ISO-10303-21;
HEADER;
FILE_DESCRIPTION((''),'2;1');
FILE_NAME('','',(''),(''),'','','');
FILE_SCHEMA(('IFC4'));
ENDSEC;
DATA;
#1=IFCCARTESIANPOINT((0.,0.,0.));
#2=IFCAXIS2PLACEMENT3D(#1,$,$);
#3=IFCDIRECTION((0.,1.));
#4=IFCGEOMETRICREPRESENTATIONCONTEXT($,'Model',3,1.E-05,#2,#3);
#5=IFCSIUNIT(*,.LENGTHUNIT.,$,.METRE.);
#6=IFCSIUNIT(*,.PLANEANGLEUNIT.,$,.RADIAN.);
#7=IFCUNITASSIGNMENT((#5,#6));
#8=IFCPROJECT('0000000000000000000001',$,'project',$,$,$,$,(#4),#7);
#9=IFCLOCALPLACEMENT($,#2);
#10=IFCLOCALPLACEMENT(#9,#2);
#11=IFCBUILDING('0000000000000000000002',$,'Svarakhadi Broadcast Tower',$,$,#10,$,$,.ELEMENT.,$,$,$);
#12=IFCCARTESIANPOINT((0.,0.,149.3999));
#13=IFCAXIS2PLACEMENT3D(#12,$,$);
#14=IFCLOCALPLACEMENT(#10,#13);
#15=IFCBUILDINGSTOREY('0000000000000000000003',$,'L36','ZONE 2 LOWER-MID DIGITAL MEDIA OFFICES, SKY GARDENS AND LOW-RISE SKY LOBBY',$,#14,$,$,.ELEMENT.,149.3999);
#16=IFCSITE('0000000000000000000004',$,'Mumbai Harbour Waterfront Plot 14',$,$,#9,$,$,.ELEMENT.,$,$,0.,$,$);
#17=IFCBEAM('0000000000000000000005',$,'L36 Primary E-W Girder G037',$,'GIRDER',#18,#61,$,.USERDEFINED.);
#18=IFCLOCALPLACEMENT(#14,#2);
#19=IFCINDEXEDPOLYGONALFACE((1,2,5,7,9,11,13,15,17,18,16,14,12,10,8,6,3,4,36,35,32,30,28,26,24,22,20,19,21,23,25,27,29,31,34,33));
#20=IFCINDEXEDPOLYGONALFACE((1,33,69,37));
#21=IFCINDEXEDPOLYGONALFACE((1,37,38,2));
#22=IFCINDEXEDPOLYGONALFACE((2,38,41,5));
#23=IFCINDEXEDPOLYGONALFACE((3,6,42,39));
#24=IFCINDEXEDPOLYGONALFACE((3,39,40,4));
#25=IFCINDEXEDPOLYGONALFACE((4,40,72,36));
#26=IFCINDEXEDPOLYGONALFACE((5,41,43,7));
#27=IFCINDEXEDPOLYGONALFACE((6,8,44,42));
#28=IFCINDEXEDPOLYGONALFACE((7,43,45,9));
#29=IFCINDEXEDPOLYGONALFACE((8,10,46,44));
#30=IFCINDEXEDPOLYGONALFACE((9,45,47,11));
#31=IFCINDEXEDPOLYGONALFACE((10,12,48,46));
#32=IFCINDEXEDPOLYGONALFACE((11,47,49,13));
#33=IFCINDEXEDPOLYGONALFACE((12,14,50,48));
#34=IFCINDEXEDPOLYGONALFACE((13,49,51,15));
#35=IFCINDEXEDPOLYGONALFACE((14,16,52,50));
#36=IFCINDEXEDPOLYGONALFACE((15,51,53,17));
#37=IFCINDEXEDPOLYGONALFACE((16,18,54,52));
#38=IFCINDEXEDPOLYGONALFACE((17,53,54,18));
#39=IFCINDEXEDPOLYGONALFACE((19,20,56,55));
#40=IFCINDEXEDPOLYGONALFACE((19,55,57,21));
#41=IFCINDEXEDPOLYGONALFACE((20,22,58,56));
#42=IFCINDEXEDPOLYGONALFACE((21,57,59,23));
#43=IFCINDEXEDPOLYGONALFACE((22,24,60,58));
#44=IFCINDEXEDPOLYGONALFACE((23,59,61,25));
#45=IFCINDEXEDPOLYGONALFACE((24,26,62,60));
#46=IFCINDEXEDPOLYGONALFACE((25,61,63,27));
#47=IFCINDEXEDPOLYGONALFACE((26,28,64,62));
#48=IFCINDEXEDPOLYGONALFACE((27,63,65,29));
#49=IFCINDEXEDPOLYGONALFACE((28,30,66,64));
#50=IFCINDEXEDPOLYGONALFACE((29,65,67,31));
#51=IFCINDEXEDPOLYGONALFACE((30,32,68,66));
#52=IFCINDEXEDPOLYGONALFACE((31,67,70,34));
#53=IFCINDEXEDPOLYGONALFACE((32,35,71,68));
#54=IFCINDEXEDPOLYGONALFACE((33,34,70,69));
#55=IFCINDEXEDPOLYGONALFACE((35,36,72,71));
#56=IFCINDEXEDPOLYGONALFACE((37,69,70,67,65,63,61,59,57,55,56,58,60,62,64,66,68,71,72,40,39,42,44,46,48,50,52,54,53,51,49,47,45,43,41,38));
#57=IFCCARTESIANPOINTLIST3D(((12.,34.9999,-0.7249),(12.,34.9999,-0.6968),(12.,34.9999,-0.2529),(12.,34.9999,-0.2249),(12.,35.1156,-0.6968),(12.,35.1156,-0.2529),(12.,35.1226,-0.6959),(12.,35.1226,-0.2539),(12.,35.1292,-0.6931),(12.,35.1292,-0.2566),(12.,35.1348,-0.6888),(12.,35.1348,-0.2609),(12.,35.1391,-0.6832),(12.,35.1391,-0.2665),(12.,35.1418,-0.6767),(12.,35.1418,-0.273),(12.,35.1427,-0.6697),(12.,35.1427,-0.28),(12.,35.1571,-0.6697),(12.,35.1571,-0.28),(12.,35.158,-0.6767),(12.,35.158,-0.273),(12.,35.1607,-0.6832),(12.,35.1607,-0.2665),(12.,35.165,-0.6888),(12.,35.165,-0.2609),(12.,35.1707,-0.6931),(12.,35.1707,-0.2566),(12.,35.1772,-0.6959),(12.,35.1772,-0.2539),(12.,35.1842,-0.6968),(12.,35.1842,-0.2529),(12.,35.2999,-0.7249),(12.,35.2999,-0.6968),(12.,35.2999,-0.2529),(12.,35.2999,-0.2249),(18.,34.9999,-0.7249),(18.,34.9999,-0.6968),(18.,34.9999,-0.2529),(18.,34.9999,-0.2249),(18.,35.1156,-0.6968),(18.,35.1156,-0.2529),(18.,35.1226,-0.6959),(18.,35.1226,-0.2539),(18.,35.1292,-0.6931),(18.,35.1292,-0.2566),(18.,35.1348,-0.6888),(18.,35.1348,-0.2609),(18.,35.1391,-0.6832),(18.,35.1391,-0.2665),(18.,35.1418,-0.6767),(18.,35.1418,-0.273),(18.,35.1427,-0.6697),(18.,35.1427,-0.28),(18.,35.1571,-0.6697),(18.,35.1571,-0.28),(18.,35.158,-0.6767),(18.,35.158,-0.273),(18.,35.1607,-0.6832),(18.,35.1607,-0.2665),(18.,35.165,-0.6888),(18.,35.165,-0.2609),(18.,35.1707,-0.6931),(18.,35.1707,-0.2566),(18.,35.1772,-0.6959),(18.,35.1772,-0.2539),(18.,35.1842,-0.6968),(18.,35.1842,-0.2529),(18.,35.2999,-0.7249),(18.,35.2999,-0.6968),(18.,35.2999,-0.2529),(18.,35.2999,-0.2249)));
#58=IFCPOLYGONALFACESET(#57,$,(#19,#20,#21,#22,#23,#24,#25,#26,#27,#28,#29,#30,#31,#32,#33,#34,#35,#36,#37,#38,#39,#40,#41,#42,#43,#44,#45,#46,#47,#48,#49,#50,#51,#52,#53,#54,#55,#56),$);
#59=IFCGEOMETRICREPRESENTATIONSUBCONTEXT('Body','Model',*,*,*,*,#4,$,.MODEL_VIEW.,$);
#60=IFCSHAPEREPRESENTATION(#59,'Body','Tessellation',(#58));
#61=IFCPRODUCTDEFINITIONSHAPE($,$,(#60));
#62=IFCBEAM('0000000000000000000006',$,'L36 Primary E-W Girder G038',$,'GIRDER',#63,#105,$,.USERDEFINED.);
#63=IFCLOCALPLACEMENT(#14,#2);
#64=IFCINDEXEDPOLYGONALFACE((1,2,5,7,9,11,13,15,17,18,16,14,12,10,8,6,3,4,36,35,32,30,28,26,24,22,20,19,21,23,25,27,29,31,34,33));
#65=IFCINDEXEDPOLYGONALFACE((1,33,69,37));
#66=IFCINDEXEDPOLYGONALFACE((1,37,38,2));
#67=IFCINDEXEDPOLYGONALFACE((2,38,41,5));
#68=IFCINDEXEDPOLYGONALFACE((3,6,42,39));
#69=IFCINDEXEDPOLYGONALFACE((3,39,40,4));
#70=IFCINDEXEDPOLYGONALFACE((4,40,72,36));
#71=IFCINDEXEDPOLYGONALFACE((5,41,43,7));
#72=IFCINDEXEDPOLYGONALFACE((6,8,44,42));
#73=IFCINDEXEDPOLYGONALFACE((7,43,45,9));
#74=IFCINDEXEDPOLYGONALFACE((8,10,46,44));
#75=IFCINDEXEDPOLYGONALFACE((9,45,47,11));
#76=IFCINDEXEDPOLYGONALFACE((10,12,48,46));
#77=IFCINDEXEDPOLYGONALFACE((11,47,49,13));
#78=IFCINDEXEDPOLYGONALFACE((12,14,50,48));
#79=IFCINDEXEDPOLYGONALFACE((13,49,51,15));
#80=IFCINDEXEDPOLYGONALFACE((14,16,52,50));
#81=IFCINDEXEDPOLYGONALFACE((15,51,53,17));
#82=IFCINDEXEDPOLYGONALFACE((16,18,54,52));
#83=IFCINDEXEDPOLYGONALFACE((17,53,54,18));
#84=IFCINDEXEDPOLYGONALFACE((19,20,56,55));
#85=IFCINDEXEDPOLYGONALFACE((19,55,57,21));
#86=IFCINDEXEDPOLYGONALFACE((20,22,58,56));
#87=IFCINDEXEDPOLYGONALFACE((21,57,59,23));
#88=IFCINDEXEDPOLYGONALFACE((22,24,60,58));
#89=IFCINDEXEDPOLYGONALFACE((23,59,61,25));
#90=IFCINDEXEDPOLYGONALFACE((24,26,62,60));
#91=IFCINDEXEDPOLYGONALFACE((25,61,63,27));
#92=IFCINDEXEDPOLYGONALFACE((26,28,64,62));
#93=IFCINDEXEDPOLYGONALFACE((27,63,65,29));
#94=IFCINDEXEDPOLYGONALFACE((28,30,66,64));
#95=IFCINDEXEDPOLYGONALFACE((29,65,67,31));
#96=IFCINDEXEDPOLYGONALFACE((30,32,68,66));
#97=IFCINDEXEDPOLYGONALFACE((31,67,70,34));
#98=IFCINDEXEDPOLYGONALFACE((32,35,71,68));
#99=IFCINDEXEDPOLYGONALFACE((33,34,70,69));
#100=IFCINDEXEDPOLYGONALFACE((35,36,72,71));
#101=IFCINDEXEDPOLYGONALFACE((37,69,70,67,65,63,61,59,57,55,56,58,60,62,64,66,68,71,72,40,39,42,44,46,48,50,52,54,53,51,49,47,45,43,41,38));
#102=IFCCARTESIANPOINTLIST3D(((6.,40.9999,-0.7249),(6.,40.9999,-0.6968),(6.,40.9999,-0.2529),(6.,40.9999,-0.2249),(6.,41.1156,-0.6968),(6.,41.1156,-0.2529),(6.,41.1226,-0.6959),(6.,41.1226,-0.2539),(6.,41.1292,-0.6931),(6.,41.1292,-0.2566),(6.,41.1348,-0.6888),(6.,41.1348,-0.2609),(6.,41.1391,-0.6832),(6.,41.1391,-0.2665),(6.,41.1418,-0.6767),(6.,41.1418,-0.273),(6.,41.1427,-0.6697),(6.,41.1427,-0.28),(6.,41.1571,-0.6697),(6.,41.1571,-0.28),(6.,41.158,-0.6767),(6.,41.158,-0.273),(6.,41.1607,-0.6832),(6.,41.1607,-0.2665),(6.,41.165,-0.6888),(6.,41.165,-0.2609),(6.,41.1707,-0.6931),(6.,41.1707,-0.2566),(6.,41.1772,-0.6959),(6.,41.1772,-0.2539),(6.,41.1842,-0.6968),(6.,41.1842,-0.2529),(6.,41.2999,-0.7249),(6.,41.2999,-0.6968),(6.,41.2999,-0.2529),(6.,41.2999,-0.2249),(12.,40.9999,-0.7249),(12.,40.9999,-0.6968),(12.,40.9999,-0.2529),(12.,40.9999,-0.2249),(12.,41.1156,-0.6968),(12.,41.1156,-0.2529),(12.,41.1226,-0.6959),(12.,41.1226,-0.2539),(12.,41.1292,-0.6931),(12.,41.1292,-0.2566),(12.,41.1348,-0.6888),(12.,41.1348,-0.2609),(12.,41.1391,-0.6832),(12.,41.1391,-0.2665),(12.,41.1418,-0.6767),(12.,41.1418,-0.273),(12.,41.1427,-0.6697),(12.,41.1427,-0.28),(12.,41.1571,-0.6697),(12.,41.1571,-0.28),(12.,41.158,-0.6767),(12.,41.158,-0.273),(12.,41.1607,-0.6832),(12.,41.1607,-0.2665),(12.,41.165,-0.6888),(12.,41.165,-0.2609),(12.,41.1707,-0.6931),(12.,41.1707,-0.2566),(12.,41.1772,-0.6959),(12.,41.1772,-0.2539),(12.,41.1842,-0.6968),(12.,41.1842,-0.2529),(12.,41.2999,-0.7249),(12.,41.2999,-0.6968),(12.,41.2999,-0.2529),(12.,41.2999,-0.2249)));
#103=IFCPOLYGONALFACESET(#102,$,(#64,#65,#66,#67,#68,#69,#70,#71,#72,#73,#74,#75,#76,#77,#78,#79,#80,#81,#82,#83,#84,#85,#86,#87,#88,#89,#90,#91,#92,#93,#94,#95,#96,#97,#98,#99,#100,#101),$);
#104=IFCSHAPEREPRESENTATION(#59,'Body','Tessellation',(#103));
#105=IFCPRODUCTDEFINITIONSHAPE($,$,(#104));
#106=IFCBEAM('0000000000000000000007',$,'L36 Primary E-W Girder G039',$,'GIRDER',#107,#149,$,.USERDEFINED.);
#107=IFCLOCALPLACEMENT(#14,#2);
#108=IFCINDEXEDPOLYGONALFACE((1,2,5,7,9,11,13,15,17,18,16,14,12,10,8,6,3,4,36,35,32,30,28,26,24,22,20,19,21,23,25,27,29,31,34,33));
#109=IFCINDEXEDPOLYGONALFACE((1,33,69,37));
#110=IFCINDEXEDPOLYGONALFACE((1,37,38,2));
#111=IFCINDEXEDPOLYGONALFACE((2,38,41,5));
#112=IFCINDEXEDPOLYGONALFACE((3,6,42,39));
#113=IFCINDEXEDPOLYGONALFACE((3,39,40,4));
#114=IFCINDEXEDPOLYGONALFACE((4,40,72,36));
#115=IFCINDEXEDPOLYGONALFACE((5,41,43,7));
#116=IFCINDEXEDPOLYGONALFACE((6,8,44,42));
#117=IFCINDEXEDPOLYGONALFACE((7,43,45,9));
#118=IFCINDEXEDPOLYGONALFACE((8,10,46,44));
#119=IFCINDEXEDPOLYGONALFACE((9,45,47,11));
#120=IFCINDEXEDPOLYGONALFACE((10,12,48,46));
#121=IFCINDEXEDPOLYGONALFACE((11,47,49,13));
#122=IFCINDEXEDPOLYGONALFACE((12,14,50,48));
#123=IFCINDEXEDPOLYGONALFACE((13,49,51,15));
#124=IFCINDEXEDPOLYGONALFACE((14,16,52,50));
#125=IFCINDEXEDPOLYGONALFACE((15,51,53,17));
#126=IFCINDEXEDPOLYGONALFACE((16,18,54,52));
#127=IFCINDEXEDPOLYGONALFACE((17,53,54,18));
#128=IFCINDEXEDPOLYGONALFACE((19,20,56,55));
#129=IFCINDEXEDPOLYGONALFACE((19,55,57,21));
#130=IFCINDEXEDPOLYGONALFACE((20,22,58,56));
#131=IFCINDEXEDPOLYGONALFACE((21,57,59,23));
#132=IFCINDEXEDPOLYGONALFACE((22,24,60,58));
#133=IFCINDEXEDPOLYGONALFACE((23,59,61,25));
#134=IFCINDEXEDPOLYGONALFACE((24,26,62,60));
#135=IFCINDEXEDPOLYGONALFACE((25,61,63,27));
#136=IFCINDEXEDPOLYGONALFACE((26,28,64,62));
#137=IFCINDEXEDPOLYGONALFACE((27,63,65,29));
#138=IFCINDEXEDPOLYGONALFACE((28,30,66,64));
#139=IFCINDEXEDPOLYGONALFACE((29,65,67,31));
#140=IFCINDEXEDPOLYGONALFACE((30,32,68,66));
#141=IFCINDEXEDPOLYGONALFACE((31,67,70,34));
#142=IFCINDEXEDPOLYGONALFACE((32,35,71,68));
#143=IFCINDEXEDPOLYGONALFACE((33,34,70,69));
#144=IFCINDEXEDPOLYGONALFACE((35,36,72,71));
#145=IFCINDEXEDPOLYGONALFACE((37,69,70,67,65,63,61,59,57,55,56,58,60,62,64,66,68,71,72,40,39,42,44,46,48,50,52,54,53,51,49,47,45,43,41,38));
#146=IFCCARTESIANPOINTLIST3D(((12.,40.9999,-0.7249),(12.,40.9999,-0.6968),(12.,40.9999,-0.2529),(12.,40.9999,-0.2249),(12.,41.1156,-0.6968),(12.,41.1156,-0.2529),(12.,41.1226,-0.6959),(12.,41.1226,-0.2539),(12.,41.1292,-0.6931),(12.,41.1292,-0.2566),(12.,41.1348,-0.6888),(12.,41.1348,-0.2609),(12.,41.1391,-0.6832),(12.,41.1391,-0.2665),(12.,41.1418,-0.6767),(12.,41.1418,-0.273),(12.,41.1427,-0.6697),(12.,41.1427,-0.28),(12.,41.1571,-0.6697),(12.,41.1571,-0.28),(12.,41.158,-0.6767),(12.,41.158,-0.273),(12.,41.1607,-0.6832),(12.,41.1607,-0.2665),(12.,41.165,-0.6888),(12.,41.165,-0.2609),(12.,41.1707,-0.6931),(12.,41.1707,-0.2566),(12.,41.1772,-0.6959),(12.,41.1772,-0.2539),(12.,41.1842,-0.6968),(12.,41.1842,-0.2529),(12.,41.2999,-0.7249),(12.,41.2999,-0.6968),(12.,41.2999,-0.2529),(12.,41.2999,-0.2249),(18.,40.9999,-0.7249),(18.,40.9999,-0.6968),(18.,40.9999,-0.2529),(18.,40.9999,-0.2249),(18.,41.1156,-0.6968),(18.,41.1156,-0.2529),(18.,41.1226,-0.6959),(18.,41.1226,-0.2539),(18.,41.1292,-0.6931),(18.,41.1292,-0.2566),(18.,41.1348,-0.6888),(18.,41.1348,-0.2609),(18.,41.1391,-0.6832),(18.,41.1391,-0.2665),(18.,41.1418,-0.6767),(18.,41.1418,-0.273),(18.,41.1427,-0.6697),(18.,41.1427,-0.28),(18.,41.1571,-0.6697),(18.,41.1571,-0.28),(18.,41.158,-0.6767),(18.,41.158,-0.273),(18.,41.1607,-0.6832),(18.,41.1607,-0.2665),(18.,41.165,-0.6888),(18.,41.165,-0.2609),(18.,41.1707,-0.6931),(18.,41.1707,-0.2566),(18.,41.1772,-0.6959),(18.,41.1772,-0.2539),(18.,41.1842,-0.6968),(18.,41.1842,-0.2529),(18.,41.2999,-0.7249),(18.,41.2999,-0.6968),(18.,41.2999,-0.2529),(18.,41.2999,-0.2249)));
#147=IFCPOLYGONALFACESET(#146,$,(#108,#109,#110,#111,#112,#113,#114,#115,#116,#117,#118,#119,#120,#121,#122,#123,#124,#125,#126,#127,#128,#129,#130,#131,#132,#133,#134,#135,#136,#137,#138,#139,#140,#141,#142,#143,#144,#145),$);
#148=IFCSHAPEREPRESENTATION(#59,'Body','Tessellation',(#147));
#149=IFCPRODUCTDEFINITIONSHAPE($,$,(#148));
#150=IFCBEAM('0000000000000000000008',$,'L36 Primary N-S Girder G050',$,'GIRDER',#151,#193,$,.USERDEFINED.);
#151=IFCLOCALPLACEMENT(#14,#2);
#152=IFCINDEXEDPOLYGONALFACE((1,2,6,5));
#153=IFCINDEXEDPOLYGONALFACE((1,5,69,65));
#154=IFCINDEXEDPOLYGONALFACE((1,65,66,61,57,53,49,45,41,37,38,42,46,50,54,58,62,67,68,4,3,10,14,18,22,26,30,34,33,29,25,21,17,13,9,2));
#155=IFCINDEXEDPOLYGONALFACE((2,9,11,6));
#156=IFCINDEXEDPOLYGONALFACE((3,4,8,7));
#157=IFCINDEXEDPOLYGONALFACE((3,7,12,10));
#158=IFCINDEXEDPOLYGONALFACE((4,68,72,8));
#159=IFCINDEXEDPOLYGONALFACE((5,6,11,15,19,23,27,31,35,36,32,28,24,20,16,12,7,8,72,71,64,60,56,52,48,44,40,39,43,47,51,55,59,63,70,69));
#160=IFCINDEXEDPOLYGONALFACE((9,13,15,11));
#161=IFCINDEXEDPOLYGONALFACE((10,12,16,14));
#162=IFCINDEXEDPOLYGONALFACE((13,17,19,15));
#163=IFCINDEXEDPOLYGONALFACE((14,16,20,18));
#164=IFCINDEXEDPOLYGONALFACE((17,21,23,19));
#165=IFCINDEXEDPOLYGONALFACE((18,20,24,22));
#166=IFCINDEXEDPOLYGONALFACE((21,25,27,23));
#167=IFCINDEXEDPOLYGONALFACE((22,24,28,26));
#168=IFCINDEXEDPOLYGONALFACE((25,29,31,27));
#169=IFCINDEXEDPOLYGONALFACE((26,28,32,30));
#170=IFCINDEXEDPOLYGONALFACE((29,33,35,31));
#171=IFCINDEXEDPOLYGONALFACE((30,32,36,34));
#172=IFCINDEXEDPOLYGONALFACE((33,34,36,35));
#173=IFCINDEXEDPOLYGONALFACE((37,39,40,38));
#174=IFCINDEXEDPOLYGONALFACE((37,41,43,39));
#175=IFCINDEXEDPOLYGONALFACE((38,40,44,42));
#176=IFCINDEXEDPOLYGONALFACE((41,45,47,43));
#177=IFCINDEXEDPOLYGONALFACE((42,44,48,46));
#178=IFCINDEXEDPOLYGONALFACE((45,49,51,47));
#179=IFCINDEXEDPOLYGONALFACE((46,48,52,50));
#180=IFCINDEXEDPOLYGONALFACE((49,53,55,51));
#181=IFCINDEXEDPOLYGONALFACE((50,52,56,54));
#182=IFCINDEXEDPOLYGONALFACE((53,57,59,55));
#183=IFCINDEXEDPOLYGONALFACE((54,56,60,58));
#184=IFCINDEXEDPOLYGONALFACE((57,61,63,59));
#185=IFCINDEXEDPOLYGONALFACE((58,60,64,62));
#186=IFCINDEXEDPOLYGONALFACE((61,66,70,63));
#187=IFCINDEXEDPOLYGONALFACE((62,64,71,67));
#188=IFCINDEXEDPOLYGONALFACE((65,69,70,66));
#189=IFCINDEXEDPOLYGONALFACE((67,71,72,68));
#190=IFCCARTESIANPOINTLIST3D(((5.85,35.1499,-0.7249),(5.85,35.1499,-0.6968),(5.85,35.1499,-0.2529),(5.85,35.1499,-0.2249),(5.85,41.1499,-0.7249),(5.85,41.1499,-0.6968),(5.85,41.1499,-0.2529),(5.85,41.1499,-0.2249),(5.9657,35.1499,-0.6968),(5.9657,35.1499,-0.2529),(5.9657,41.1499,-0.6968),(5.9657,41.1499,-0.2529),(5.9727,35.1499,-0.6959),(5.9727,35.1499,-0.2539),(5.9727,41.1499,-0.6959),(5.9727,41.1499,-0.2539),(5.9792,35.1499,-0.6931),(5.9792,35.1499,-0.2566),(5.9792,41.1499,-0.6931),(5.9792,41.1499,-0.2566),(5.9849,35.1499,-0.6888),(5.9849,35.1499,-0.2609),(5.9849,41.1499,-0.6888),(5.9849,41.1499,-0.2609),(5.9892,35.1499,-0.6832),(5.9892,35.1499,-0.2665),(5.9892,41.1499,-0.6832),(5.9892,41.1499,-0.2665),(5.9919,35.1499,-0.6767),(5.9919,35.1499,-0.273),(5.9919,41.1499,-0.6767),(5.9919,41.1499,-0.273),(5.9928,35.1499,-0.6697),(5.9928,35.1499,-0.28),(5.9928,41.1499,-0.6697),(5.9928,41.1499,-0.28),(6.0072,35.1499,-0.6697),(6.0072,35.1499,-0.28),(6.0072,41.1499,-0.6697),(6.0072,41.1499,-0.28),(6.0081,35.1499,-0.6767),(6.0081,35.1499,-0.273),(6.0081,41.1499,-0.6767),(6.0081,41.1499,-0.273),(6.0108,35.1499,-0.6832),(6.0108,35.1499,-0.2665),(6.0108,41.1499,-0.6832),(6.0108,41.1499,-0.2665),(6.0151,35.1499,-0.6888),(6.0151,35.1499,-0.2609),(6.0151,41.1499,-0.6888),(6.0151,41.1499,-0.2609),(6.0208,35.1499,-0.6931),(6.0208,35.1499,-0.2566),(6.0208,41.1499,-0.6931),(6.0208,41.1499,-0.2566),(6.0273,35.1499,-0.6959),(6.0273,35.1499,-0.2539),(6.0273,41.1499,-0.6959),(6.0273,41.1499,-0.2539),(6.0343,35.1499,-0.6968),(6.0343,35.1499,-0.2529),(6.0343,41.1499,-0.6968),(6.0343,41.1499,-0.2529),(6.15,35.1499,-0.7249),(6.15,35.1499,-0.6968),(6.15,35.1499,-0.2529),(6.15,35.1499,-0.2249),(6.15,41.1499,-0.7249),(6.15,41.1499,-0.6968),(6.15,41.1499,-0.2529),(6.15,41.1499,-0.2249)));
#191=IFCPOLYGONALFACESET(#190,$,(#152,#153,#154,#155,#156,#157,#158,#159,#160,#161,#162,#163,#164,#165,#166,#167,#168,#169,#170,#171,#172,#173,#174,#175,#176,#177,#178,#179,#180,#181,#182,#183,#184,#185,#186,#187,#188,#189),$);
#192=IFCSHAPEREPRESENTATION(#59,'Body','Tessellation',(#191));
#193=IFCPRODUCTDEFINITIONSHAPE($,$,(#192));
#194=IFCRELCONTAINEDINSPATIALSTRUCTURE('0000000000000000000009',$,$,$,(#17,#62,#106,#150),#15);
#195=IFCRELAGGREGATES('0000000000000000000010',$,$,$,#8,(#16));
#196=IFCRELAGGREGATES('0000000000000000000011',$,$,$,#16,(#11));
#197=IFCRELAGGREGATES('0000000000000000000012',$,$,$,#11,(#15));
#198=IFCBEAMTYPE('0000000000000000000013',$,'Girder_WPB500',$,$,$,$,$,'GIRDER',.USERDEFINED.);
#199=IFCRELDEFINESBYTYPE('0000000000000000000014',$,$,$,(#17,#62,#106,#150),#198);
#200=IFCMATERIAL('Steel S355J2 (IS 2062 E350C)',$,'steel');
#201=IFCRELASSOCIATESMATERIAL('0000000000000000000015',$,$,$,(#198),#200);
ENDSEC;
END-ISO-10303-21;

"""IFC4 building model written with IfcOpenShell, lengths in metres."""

from ifc_helpers import new_model, si_unit, direction, frame, origin, origin_2d, place, context, subcontext, project, spatial, i_section, extrude, material, material_profile, profile_set, type_object, element, save


model = new_model("IFC4")

# Units and contexts
model_context = context("Model", 3, precision=1e-05, world=origin(), true_north=direction((0.0, 1.0)))
body_context = subcontext(model_context, "Body", "Model", "MODEL_VIEW")
ifc_project = project(units=[si_unit("LENGTHUNIT", "METRE"), si_unit("PLANEANGLEUNIT", "RADIAN")], contexts=[model_context])

# Site, building, storey
site_placement = place(None, origin())
site = spatial("IfcSite", under=ifc_project, at=site_placement, Name="Mumbai Harbour Waterfront Plot 14", CompositionType="ELEMENT", RefElevation=0.0)
building_placement = place(site_placement, origin())
building = spatial("IfcBuilding", under=site, at=building_placement, Name="Svarakhadi Broadcast Tower", CompositionType="ELEMENT")
storey_placement = place(building_placement, frame((0.0, 0.0, 149.3999)))
storey = spatial("IfcBuildingStorey", under=building, at=storey_placement, Name="L36", Description="ZONE 2 LOWER-MID DIGITAL MEDIA OFFICES, SKY GARDENS AND LOW-RISE SKY LOBBY", CompositionType="ELEMENT", Elevation=149.3999)

# Shared definitions
ifc_material_1 = material(Name="Steel S355J2 (IS 2062 E350C)", Category="steel")

# Beams
ifc_material_profile_1 = material_profile(ifc_material_1, i_section(OverallWidth=0.3, OverallDepth=0.5, WebThickness=0.0144, FlangeThickness=0.0281, FilletRadius=0.0271, at=origin_2d()), Name="WPB 500x300x187")
ifc_profile_set_1 = profile_set([ifc_material_profile_1], Name="Steel S355J2 (IS 2062 E350C)")
beam_type_1 = type_object("IfcBeamType", Name="Girder_WPB500", ElementType="GIRDER", PredefinedType="USERDEFINED", material=ifc_profile_set_1)
for number, where, z_axis, x_axis, name in (
    (1, (12.0, 35.1499, -0.4749), (1.0, 0.0, 0.0), (0.0, 1.0, 0.0), "L36 Primary E-W Girder G037"),
    (2, (6.0, 41.1499, -0.4749), (1.0, 0.0, 0.0), (0.0, 1.0, 0.0), "L36 Primary E-W Girder G038"),
    (3, (12.0, 41.1499, -0.4749), (1.0, 0.0, 0.0), (0.0, 1.0, 0.0), "L36 Primary E-W Girder G039"),
    (4, (6.0, 35.1499, -0.4749), (0.0, 1.0, 0.0), (-1.0, 0.0, 0.0), "L36 Primary N-S Girder G050"),
):
    element("IfcBeam", number, at=place(storey_placement, frame(where, z_axis=z_axis, x_axis=x_axis)), inside=storey, type_object=beam_type_1, Name=name, ObjectType="GIRDER", PredefinedType="USERDEFINED", context=body_context, shape_type="SweptSolid", body=[
        extrude(i_section(OverallWidth=0.3, OverallDepth=0.5, WebThickness=0.0144, FlangeThickness=0.0281, FilletRadius=0.0271, at=origin_2d()), origin(), (0.0, 0.0, 1.0), 6.0),
    ])

save(model, "model.ifc")
